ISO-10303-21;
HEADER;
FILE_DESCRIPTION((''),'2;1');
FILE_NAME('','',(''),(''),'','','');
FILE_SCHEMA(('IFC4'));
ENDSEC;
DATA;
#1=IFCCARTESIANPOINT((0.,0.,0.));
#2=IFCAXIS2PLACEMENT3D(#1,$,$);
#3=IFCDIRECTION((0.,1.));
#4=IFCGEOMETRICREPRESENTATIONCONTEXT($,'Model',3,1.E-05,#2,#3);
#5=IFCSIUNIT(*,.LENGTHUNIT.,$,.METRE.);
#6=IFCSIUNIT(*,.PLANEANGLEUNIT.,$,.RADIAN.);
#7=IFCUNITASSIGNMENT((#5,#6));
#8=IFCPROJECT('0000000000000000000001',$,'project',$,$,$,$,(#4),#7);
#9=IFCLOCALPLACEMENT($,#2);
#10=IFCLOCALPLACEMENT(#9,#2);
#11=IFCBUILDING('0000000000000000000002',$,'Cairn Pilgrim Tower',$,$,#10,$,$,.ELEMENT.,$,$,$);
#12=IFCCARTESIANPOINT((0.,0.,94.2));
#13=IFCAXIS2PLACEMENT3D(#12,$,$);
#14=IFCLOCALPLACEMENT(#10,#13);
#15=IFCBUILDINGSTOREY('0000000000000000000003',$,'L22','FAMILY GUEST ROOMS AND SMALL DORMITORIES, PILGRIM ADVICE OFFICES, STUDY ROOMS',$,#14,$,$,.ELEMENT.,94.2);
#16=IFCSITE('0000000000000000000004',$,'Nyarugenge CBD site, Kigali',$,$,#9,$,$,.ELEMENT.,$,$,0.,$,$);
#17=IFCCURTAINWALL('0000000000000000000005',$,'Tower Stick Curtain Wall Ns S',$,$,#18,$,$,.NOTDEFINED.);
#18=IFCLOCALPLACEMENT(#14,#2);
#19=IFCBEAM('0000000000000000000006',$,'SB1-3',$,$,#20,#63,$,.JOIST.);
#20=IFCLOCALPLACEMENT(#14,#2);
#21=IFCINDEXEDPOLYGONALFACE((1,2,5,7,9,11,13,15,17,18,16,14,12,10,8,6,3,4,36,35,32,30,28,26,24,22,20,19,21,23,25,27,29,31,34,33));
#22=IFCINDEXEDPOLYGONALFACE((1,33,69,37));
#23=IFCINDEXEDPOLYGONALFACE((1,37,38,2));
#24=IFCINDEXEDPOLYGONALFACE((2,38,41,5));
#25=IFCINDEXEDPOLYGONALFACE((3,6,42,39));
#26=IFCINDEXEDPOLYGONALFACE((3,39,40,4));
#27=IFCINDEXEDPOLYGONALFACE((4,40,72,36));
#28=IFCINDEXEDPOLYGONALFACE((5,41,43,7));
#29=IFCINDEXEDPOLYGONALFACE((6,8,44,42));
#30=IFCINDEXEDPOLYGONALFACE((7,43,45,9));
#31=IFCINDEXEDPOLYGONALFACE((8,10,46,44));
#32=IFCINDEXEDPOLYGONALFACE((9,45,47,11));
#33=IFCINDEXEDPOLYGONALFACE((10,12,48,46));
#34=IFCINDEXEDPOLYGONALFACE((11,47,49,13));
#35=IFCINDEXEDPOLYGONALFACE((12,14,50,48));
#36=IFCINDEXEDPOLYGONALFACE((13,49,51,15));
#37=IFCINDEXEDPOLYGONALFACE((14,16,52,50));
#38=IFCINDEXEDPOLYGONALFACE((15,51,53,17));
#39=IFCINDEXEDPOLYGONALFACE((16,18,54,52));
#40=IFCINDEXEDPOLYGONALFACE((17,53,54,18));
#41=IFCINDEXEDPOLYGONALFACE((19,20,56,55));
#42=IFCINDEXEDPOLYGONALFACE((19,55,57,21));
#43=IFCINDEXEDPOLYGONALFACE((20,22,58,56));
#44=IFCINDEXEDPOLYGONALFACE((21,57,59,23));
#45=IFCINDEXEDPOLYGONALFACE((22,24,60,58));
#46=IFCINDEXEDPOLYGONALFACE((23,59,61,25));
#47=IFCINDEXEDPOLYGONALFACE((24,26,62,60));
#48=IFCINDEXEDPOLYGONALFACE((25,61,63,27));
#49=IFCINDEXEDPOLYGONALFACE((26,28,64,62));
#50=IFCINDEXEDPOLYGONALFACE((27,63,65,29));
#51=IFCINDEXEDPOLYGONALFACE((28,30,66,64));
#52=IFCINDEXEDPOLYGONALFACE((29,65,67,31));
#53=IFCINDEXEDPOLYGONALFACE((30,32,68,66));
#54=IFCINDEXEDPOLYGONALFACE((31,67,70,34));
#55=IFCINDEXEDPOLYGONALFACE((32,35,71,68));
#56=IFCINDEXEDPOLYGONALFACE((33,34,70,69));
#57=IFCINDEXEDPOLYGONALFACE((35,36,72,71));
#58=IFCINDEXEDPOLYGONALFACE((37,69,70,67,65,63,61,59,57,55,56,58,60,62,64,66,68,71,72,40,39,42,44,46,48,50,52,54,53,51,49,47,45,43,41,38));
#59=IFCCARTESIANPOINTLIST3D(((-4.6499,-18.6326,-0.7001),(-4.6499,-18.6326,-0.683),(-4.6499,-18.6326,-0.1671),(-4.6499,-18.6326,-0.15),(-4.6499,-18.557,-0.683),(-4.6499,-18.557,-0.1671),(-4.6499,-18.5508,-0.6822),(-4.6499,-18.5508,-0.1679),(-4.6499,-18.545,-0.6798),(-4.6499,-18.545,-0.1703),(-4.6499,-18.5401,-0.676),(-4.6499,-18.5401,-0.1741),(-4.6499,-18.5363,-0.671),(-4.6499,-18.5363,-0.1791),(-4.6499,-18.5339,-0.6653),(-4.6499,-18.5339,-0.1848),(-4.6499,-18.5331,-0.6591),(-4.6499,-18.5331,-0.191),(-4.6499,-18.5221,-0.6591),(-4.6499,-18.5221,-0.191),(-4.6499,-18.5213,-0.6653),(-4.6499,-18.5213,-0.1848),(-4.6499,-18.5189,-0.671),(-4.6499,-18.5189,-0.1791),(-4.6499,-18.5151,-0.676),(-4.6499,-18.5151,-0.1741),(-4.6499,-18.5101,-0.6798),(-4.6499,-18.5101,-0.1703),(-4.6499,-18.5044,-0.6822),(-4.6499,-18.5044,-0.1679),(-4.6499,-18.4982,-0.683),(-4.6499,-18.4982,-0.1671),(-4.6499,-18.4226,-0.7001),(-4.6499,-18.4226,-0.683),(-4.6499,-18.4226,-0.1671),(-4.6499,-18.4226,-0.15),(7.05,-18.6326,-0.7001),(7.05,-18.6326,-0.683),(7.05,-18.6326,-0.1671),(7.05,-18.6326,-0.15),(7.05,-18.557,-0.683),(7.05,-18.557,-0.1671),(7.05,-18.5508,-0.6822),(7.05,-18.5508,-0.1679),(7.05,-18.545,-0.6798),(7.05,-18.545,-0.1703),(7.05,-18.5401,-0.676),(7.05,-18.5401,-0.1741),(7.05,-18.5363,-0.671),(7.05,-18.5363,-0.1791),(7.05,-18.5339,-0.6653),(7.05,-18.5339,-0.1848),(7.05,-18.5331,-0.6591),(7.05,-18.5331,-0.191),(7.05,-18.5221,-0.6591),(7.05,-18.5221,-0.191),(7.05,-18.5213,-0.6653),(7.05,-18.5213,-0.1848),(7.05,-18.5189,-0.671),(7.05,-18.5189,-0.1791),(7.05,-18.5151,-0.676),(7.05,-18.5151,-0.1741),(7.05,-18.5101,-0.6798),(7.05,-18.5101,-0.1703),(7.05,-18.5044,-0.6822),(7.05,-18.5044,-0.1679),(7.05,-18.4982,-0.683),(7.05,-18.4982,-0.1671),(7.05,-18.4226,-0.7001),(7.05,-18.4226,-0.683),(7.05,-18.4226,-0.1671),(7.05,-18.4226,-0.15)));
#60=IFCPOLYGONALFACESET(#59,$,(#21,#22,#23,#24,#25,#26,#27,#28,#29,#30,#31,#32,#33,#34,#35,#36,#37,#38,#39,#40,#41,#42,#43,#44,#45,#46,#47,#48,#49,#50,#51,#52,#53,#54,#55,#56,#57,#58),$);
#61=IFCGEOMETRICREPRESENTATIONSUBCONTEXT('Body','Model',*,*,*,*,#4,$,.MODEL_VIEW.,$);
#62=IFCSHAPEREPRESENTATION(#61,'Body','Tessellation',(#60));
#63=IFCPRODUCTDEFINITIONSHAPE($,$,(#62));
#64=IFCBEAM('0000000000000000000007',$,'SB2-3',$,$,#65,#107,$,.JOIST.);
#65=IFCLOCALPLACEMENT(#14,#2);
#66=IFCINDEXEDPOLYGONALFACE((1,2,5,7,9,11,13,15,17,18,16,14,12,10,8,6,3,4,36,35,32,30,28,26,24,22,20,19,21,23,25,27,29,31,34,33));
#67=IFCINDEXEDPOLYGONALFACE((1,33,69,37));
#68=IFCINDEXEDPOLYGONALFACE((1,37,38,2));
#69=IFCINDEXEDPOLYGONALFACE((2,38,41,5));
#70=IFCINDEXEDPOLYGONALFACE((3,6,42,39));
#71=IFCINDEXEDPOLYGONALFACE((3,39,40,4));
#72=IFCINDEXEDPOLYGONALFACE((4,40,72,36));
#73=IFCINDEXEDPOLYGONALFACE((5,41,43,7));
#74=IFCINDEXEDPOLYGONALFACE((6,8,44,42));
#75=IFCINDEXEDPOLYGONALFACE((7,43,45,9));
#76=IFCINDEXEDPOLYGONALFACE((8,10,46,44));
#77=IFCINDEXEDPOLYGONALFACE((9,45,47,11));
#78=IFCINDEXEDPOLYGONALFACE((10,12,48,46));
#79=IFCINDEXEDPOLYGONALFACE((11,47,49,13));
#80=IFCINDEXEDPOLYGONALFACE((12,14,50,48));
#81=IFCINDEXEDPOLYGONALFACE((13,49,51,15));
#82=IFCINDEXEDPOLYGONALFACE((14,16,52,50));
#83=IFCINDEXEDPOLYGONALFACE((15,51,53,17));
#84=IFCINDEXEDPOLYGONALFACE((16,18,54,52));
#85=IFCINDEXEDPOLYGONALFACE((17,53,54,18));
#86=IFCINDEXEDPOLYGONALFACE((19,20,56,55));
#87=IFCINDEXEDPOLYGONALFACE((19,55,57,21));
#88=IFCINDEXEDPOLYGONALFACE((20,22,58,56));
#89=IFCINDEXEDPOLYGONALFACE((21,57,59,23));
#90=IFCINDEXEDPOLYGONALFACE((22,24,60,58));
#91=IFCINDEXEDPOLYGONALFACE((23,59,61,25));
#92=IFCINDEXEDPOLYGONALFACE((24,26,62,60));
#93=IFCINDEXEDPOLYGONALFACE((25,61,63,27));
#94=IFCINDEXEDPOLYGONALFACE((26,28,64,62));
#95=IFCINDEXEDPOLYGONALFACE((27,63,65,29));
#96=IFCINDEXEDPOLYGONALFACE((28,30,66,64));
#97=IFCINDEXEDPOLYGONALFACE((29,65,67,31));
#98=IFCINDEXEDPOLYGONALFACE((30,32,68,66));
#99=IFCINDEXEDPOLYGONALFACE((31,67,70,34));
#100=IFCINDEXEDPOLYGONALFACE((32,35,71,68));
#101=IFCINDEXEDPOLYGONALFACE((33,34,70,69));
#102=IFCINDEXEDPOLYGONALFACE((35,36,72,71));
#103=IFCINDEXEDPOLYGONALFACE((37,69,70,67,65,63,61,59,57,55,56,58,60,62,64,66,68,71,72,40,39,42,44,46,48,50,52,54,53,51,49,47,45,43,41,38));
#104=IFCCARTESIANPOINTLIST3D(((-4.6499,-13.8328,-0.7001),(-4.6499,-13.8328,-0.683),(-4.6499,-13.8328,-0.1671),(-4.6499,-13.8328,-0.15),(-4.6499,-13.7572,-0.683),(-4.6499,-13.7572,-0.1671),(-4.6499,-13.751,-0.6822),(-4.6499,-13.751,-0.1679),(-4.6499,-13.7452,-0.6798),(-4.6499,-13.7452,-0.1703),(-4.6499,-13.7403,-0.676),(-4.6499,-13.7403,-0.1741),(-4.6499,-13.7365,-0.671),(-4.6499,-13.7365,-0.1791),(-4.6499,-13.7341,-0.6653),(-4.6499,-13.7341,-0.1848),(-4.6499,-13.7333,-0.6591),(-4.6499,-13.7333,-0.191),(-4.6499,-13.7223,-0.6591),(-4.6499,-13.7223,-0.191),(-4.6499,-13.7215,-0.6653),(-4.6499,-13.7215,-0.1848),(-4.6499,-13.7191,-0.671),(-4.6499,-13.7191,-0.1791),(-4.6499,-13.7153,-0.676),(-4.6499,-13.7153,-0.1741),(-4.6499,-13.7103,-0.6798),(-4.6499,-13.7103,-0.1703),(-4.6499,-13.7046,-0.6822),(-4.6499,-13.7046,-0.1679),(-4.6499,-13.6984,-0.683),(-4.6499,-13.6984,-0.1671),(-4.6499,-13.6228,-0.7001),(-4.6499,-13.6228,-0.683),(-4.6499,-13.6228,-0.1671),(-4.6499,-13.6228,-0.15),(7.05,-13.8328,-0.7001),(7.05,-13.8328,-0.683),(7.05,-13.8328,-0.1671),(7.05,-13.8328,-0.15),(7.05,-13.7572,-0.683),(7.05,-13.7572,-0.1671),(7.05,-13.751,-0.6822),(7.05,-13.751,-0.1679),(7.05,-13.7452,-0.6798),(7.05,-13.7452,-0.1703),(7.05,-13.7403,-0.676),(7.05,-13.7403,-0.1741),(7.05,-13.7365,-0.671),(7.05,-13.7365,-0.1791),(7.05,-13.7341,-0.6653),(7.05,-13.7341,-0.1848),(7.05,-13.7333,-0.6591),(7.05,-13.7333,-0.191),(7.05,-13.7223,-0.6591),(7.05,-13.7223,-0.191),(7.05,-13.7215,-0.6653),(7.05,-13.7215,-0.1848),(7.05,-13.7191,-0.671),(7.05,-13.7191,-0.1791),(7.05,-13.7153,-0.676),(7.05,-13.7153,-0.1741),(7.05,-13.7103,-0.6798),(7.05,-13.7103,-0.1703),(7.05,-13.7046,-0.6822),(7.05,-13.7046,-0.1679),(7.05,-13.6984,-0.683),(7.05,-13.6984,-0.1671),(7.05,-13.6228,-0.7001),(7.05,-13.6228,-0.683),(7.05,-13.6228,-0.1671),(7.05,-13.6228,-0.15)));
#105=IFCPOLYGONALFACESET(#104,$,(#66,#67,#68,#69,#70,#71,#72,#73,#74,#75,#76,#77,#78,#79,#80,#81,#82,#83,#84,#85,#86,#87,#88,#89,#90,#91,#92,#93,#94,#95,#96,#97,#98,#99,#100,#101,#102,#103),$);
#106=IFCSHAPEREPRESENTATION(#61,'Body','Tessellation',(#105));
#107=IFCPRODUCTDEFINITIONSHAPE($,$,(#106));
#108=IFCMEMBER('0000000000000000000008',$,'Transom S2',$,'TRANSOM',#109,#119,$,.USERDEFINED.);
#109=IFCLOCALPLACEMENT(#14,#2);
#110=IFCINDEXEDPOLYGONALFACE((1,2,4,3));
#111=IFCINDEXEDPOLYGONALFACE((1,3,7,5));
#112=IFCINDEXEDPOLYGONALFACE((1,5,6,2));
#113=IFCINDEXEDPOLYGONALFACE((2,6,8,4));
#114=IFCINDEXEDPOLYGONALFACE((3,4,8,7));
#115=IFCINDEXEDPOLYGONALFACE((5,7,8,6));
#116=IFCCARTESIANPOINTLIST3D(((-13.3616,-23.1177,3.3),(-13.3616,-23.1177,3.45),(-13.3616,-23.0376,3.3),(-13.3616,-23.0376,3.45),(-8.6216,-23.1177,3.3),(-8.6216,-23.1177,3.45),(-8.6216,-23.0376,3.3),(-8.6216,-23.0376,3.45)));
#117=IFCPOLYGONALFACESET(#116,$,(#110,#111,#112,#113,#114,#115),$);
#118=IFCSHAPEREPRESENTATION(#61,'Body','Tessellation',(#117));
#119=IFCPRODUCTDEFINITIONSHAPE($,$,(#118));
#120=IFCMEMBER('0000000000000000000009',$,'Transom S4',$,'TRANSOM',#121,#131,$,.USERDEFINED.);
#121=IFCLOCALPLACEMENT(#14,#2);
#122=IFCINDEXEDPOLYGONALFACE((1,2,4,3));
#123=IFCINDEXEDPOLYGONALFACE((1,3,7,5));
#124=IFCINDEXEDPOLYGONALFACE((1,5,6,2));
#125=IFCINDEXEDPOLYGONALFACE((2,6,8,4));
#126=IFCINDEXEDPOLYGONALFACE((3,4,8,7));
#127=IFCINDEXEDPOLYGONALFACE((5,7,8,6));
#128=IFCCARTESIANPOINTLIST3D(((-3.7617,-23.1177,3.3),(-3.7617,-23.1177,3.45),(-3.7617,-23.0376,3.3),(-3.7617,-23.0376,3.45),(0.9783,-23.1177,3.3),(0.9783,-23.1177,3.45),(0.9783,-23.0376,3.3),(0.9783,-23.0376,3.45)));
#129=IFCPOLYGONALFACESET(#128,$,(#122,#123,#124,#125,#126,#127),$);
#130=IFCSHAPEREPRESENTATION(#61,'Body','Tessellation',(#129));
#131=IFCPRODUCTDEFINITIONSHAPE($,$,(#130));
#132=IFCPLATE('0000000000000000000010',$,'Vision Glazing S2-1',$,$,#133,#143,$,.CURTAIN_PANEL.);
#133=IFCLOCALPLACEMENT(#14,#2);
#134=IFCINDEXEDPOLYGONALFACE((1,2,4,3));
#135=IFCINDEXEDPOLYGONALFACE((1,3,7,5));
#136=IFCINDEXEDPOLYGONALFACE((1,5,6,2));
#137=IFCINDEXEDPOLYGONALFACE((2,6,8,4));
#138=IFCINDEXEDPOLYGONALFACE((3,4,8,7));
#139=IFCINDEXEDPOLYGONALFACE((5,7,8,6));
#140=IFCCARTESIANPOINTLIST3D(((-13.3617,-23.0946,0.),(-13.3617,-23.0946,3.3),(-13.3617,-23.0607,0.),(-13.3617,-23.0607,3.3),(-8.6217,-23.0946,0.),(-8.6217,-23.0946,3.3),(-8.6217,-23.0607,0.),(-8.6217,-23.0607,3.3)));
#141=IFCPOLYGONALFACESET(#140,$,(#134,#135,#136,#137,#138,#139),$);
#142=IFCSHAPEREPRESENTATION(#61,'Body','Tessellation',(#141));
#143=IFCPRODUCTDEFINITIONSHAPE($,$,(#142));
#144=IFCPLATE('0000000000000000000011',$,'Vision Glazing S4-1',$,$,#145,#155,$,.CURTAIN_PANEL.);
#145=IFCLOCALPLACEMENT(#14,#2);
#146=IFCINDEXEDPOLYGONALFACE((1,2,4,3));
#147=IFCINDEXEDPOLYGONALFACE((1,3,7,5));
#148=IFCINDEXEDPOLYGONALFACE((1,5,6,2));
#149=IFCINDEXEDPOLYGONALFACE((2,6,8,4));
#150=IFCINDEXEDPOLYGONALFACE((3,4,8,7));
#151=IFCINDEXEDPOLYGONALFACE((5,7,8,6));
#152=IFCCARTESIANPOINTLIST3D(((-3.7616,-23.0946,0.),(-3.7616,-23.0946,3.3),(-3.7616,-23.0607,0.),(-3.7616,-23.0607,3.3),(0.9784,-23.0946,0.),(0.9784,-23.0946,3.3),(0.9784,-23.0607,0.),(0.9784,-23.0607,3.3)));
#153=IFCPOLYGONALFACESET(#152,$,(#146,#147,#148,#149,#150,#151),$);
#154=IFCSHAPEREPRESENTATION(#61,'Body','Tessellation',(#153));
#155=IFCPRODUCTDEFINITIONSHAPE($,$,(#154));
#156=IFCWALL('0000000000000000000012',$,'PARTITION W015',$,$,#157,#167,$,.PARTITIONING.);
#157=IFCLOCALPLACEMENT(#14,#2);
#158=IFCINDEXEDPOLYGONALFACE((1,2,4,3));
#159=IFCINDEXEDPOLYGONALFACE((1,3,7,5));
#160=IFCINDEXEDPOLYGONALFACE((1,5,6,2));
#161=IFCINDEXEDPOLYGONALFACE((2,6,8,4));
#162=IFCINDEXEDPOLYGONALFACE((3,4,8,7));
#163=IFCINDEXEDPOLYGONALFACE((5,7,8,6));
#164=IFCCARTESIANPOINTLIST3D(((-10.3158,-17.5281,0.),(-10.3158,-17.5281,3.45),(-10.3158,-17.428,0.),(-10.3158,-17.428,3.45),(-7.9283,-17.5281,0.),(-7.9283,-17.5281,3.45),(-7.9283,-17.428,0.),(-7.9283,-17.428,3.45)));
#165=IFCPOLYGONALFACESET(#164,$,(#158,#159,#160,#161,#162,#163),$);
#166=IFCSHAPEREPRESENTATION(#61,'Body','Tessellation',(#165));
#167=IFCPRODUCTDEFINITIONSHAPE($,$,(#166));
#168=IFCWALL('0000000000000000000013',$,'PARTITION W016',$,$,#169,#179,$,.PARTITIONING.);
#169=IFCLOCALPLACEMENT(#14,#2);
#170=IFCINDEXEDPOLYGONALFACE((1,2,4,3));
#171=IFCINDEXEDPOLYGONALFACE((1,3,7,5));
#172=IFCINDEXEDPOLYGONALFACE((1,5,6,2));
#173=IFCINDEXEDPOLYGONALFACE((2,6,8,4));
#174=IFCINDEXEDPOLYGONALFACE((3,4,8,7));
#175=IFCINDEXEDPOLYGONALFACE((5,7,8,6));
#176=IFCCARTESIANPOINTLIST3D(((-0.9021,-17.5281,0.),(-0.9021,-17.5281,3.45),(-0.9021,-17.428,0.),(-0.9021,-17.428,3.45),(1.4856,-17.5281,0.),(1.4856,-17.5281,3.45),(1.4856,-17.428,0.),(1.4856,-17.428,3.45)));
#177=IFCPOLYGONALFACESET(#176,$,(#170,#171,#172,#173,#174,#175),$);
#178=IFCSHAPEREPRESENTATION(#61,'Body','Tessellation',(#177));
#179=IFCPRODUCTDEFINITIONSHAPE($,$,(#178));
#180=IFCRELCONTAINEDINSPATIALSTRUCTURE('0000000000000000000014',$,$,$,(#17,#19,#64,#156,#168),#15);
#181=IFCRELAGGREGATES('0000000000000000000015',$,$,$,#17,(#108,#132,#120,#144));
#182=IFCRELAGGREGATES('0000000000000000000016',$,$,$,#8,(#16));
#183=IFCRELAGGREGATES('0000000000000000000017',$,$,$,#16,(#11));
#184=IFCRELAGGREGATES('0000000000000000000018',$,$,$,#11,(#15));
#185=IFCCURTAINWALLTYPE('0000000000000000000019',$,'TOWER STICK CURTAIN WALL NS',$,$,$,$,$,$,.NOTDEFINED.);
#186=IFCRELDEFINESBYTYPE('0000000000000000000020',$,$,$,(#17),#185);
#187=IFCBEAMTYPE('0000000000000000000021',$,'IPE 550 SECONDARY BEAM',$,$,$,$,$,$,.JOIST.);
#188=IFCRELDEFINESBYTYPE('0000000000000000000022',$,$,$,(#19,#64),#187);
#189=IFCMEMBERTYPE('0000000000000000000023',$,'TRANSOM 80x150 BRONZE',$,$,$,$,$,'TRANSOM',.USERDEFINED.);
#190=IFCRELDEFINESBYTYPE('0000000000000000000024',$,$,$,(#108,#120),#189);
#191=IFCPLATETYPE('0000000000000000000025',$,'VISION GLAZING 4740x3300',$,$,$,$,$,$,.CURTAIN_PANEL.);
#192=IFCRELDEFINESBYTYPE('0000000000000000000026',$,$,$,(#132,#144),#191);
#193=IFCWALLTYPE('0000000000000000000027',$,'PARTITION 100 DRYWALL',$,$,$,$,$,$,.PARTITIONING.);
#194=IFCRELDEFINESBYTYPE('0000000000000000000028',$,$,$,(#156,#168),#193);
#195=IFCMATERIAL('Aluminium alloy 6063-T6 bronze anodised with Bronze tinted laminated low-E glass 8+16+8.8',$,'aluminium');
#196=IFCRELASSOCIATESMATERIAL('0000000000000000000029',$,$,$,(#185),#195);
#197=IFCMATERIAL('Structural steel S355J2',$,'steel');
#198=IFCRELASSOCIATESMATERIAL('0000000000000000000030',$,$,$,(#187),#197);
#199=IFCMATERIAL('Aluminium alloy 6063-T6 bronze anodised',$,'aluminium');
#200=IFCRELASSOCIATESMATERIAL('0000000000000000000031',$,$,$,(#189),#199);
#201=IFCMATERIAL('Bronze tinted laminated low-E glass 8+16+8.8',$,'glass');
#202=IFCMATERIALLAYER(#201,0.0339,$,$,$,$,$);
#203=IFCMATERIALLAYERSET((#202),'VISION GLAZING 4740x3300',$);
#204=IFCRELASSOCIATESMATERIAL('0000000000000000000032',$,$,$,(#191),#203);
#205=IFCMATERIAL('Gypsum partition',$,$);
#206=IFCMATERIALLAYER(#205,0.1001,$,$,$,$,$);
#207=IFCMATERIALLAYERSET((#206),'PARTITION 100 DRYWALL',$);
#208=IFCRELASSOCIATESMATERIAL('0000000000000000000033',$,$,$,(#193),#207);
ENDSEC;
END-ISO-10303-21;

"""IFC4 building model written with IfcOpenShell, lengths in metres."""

from ifc_helpers import new_model, si_unit, direction, frame, frame_2d, origin, origin_2d, place, context, subcontext, project, spatial, rectangle, i_section, extrude, material, layer, layer_set, material_profile, profile_set, type_object, element, aggregate, save


model = new_model("IFC4")

# Units and contexts
model_context = context("Model", 3, precision=1e-05, world=origin(), true_north=direction((0.0, 1.0)))
body_context = subcontext(model_context, "Body", "Model", "MODEL_VIEW")
ifc_project = project(units=[si_unit("LENGTHUNIT", "METRE"), si_unit("PLANEANGLEUNIT", "RADIAN")], contexts=[model_context])

# Site, building, storey
site_placement = place(None, origin())
site = spatial("IfcSite", under=ifc_project, at=site_placement, Name="Nyarugenge CBD site, Kigali", CompositionType="ELEMENT", RefElevation=0.0)
building_placement = place(site_placement, origin())
building = spatial("IfcBuilding", under=site, at=building_placement, Name="Cairn Pilgrim Tower", CompositionType="ELEMENT")
storey_placement = place(building_placement, frame((0.0, 0.0, 94.2)))
storey = spatial("IfcBuildingStorey", under=building, at=storey_placement, Name="L22", Description="FAMILY GUEST ROOMS AND SMALL DORMITORIES, PILGRIM ADVICE OFFICES, STUDY ROOMS", CompositionType="ELEMENT", Elevation=94.2)

# Curtain wall
ifc_material_1 = material(Name="Aluminium alloy 6063-T6 bronze anodised with Bronze tinted laminated low-E glass 8+16+8.8", Category="aluminium")
curtain_wall_type = type_object("IfcCurtainWallType", Name="TOWER STICK CURTAIN WALL NS", PredefinedType="NOTDEFINED", material=ifc_material_1)
curtain_wall_placement = place(storey_placement, origin())
curtain_wall = element("IfcCurtainWall", 1, at=curtain_wall_placement, inside=storey, type_object=curtain_wall_type, Name="Tower Stick Curtain Wall Ns S", PredefinedType="NOTDEFINED")
ifc_material_2 = material(Name="Aluminium alloy 6063-T6 bronze anodised", Category="aluminium")

# Beams
ifc_material_3 = material(Name="Structural steel S355J2", Category="steel")
ifc_material_profile_1 = material_profile(ifc_material_3, i_section(OverallWidth=0.21, OverallDepth=0.55, WebThickness=0.011, FlangeThickness=0.0171, FilletRadius=0.0239, at=origin_2d()), Name="IPE 550")
ifc_profile_set_1 = profile_set([ifc_material_profile_1], Name="Structural steel S355J2")
beam_type_1 = type_object("IfcBeamType", Name="IPE 550 SECONDARY BEAM", PredefinedType="JOIST", material=ifc_profile_set_1)
for number, where, z_axis, x_axis, name in (
    (2, (-4.6499, -18.5276, -0.425), (1.0, 0.0, 0.0), (0.0, 1.0, 0.0), "SB1-3"),
    (3, (-4.6499, -13.7278, -0.425), (1.0, 0.0, 0.0), (0.0, 1.0, 0.0), "SB2-3"),
):
    element("IfcBeam", number, at=place(storey_placement, frame(where, z_axis=z_axis, x_axis=x_axis)), inside=storey, type_object=beam_type_1, Name=name, PredefinedType="JOIST", context=body_context, shape_type="SweptSolid", body=[
        extrude(i_section(OverallWidth=0.21, OverallDepth=0.55, WebThickness=0.011, FlangeThickness=0.0171, FilletRadius=0.0239, at=origin_2d()), origin(), (0.0, 0.0, 1.0), 11.7),
    ])

# Members
ifc_material_profile_2 = material_profile(ifc_material_2, rectangle(XDim=0.0801, YDim=0.1499, at=origin_2d()), Name="TRANSOM 80x150 BRONZE")
ifc_profile_set_2 = profile_set([ifc_material_profile_2], Name="Aluminium alloy 6063-T6 bronze anodised")
member_type_1 = type_object("IfcMemberType", Name="TRANSOM 80x150 BRONZE", ElementType="TRANSOM", PredefinedType="USERDEFINED", material=ifc_profile_set_2)
member_1_placement = place(storey_placement, frame((-13.3616, -23.0776, 3.375), z_axis=(1.0, 0.0, 0.0), x_axis=(0.0, 1.0, 0.0)))
member_1 = element("IfcMember", 4, at=member_1_placement, type_object=member_type_1, Name="Transom S2", ObjectType="TRANSOM", PredefinedType="USERDEFINED", context=body_context, shape_type="SweptSolid", body=[
    extrude(rectangle(XDim=0.0801, YDim=0.1499, at=origin_2d()), origin(), (0.0, 0.0, 1.0), 4.74),
])
member_2_placement = place(storey_placement, frame((-3.7617, -23.0776, 3.375), z_axis=(1.0, 0.0, 0.0), x_axis=(0.0, 1.0, 0.0)))
member_2 = element("IfcMember", 5, at=member_2_placement, type_object=member_type_1, Name="Transom S4", ObjectType="TRANSOM", PredefinedType="USERDEFINED", context=body_context, shape_type="SweptSolid", body=[
    extrude(rectangle(XDim=0.0801, YDim=0.1499, at=origin_2d()), origin(), (0.0, 0.0, 1.0), 4.74),
])

# Plates
ifc_material_4 = material(Name="Bronze tinted laminated low-E glass 8+16+8.8", Category="glass")
ifc_layer_1 = layer(ifc_material_4, 0.0339)
ifc_layer_set_1 = layer_set([ifc_layer_1], Name="VISION GLAZING 4740x3300")
plate_type = type_object("IfcPlateType", Name="VISION GLAZING 4740x3300", PredefinedType="CURTAIN_PANEL", material=ifc_layer_set_1)
plate_1_placement = place(storey_placement, frame((-10.9917, -23.0776, 0.0), z_axis=(0.0, 0.0, 1.0), x_axis=(1.0, 0.0, 0.0)))
plate_1 = element("IfcPlate", 6, at=plate_1_placement, type_object=plate_type, Name="Vision Glazing S2-1", PredefinedType="CURTAIN_PANEL", context=body_context, shape_type="SweptSolid", body=[
    extrude(rectangle(XDim=4.74, YDim=0.0339, at=origin_2d()), origin(), (0.0, 0.0, 1.0), 3.3),
])
plate_2_placement = place(storey_placement, frame((-1.3916, -23.0776, 0.0), z_axis=(0.0, 0.0, 1.0), x_axis=(1.0, 0.0, 0.0)))
plate_2 = element("IfcPlate", 7, at=plate_2_placement, type_object=plate_type, Name="Vision Glazing S4-1", PredefinedType="CURTAIN_PANEL", context=body_context, shape_type="SweptSolid", body=[
    extrude(rectangle(XDim=4.74, YDim=0.0339, at=origin_2d()), origin(), (0.0, 0.0, 1.0), 3.3),
])
aggregate(curtain_wall, [member_1, plate_1, member_2, plate_2])

# Walls
ifc_material_5 = material(Name="Gypsum partition")
ifc_layer_2 = layer(ifc_material_5, 0.1001)
ifc_layer_set_2 = layer_set([ifc_layer_2], Name="PARTITION 100 DRYWALL")
wall_type_1 = type_object("IfcWallType", Name="PARTITION 100 DRYWALL", PredefinedType="PARTITIONING", material=ifc_layer_set_2)
wall_1_placement = place(storey_placement, frame((-10.3159, -17.478, 0.0), z_axis=(0.0, 0.0, 1.0), x_axis=(1.0, 0.0, 0.0)))
element("IfcWall", 8, at=wall_1_placement, inside=storey, type_object=wall_type_1, Name="PARTITION W015", PredefinedType="PARTITIONING", context=body_context, shape_type="SweptSolid", body=[
    extrude(rectangle(XDim=2.3875, YDim=0.1001, at=frame_2d((1.1938, 0.0))), origin(), (0.0, 0.0, 1.0), 3.45),
])
wall_2_placement = place(storey_placement, frame((-0.9021, -17.478, 0.0), z_axis=(0.0, 0.0, 1.0), x_axis=(1.0, 0.0, 0.0)))
element("IfcWall", 9, at=wall_2_placement, inside=storey, type_object=wall_type_1, Name="PARTITION W016", PredefinedType="PARTITIONING", context=body_context, shape_type="SweptSolid", body=[
    extrude(rectangle(XDim=2.3877, YDim=0.1001, at=frame_2d((1.1938, 0.0))), origin(), (0.0, 0.0, 1.0), 3.45),
])

save(model, "model.ifc")
